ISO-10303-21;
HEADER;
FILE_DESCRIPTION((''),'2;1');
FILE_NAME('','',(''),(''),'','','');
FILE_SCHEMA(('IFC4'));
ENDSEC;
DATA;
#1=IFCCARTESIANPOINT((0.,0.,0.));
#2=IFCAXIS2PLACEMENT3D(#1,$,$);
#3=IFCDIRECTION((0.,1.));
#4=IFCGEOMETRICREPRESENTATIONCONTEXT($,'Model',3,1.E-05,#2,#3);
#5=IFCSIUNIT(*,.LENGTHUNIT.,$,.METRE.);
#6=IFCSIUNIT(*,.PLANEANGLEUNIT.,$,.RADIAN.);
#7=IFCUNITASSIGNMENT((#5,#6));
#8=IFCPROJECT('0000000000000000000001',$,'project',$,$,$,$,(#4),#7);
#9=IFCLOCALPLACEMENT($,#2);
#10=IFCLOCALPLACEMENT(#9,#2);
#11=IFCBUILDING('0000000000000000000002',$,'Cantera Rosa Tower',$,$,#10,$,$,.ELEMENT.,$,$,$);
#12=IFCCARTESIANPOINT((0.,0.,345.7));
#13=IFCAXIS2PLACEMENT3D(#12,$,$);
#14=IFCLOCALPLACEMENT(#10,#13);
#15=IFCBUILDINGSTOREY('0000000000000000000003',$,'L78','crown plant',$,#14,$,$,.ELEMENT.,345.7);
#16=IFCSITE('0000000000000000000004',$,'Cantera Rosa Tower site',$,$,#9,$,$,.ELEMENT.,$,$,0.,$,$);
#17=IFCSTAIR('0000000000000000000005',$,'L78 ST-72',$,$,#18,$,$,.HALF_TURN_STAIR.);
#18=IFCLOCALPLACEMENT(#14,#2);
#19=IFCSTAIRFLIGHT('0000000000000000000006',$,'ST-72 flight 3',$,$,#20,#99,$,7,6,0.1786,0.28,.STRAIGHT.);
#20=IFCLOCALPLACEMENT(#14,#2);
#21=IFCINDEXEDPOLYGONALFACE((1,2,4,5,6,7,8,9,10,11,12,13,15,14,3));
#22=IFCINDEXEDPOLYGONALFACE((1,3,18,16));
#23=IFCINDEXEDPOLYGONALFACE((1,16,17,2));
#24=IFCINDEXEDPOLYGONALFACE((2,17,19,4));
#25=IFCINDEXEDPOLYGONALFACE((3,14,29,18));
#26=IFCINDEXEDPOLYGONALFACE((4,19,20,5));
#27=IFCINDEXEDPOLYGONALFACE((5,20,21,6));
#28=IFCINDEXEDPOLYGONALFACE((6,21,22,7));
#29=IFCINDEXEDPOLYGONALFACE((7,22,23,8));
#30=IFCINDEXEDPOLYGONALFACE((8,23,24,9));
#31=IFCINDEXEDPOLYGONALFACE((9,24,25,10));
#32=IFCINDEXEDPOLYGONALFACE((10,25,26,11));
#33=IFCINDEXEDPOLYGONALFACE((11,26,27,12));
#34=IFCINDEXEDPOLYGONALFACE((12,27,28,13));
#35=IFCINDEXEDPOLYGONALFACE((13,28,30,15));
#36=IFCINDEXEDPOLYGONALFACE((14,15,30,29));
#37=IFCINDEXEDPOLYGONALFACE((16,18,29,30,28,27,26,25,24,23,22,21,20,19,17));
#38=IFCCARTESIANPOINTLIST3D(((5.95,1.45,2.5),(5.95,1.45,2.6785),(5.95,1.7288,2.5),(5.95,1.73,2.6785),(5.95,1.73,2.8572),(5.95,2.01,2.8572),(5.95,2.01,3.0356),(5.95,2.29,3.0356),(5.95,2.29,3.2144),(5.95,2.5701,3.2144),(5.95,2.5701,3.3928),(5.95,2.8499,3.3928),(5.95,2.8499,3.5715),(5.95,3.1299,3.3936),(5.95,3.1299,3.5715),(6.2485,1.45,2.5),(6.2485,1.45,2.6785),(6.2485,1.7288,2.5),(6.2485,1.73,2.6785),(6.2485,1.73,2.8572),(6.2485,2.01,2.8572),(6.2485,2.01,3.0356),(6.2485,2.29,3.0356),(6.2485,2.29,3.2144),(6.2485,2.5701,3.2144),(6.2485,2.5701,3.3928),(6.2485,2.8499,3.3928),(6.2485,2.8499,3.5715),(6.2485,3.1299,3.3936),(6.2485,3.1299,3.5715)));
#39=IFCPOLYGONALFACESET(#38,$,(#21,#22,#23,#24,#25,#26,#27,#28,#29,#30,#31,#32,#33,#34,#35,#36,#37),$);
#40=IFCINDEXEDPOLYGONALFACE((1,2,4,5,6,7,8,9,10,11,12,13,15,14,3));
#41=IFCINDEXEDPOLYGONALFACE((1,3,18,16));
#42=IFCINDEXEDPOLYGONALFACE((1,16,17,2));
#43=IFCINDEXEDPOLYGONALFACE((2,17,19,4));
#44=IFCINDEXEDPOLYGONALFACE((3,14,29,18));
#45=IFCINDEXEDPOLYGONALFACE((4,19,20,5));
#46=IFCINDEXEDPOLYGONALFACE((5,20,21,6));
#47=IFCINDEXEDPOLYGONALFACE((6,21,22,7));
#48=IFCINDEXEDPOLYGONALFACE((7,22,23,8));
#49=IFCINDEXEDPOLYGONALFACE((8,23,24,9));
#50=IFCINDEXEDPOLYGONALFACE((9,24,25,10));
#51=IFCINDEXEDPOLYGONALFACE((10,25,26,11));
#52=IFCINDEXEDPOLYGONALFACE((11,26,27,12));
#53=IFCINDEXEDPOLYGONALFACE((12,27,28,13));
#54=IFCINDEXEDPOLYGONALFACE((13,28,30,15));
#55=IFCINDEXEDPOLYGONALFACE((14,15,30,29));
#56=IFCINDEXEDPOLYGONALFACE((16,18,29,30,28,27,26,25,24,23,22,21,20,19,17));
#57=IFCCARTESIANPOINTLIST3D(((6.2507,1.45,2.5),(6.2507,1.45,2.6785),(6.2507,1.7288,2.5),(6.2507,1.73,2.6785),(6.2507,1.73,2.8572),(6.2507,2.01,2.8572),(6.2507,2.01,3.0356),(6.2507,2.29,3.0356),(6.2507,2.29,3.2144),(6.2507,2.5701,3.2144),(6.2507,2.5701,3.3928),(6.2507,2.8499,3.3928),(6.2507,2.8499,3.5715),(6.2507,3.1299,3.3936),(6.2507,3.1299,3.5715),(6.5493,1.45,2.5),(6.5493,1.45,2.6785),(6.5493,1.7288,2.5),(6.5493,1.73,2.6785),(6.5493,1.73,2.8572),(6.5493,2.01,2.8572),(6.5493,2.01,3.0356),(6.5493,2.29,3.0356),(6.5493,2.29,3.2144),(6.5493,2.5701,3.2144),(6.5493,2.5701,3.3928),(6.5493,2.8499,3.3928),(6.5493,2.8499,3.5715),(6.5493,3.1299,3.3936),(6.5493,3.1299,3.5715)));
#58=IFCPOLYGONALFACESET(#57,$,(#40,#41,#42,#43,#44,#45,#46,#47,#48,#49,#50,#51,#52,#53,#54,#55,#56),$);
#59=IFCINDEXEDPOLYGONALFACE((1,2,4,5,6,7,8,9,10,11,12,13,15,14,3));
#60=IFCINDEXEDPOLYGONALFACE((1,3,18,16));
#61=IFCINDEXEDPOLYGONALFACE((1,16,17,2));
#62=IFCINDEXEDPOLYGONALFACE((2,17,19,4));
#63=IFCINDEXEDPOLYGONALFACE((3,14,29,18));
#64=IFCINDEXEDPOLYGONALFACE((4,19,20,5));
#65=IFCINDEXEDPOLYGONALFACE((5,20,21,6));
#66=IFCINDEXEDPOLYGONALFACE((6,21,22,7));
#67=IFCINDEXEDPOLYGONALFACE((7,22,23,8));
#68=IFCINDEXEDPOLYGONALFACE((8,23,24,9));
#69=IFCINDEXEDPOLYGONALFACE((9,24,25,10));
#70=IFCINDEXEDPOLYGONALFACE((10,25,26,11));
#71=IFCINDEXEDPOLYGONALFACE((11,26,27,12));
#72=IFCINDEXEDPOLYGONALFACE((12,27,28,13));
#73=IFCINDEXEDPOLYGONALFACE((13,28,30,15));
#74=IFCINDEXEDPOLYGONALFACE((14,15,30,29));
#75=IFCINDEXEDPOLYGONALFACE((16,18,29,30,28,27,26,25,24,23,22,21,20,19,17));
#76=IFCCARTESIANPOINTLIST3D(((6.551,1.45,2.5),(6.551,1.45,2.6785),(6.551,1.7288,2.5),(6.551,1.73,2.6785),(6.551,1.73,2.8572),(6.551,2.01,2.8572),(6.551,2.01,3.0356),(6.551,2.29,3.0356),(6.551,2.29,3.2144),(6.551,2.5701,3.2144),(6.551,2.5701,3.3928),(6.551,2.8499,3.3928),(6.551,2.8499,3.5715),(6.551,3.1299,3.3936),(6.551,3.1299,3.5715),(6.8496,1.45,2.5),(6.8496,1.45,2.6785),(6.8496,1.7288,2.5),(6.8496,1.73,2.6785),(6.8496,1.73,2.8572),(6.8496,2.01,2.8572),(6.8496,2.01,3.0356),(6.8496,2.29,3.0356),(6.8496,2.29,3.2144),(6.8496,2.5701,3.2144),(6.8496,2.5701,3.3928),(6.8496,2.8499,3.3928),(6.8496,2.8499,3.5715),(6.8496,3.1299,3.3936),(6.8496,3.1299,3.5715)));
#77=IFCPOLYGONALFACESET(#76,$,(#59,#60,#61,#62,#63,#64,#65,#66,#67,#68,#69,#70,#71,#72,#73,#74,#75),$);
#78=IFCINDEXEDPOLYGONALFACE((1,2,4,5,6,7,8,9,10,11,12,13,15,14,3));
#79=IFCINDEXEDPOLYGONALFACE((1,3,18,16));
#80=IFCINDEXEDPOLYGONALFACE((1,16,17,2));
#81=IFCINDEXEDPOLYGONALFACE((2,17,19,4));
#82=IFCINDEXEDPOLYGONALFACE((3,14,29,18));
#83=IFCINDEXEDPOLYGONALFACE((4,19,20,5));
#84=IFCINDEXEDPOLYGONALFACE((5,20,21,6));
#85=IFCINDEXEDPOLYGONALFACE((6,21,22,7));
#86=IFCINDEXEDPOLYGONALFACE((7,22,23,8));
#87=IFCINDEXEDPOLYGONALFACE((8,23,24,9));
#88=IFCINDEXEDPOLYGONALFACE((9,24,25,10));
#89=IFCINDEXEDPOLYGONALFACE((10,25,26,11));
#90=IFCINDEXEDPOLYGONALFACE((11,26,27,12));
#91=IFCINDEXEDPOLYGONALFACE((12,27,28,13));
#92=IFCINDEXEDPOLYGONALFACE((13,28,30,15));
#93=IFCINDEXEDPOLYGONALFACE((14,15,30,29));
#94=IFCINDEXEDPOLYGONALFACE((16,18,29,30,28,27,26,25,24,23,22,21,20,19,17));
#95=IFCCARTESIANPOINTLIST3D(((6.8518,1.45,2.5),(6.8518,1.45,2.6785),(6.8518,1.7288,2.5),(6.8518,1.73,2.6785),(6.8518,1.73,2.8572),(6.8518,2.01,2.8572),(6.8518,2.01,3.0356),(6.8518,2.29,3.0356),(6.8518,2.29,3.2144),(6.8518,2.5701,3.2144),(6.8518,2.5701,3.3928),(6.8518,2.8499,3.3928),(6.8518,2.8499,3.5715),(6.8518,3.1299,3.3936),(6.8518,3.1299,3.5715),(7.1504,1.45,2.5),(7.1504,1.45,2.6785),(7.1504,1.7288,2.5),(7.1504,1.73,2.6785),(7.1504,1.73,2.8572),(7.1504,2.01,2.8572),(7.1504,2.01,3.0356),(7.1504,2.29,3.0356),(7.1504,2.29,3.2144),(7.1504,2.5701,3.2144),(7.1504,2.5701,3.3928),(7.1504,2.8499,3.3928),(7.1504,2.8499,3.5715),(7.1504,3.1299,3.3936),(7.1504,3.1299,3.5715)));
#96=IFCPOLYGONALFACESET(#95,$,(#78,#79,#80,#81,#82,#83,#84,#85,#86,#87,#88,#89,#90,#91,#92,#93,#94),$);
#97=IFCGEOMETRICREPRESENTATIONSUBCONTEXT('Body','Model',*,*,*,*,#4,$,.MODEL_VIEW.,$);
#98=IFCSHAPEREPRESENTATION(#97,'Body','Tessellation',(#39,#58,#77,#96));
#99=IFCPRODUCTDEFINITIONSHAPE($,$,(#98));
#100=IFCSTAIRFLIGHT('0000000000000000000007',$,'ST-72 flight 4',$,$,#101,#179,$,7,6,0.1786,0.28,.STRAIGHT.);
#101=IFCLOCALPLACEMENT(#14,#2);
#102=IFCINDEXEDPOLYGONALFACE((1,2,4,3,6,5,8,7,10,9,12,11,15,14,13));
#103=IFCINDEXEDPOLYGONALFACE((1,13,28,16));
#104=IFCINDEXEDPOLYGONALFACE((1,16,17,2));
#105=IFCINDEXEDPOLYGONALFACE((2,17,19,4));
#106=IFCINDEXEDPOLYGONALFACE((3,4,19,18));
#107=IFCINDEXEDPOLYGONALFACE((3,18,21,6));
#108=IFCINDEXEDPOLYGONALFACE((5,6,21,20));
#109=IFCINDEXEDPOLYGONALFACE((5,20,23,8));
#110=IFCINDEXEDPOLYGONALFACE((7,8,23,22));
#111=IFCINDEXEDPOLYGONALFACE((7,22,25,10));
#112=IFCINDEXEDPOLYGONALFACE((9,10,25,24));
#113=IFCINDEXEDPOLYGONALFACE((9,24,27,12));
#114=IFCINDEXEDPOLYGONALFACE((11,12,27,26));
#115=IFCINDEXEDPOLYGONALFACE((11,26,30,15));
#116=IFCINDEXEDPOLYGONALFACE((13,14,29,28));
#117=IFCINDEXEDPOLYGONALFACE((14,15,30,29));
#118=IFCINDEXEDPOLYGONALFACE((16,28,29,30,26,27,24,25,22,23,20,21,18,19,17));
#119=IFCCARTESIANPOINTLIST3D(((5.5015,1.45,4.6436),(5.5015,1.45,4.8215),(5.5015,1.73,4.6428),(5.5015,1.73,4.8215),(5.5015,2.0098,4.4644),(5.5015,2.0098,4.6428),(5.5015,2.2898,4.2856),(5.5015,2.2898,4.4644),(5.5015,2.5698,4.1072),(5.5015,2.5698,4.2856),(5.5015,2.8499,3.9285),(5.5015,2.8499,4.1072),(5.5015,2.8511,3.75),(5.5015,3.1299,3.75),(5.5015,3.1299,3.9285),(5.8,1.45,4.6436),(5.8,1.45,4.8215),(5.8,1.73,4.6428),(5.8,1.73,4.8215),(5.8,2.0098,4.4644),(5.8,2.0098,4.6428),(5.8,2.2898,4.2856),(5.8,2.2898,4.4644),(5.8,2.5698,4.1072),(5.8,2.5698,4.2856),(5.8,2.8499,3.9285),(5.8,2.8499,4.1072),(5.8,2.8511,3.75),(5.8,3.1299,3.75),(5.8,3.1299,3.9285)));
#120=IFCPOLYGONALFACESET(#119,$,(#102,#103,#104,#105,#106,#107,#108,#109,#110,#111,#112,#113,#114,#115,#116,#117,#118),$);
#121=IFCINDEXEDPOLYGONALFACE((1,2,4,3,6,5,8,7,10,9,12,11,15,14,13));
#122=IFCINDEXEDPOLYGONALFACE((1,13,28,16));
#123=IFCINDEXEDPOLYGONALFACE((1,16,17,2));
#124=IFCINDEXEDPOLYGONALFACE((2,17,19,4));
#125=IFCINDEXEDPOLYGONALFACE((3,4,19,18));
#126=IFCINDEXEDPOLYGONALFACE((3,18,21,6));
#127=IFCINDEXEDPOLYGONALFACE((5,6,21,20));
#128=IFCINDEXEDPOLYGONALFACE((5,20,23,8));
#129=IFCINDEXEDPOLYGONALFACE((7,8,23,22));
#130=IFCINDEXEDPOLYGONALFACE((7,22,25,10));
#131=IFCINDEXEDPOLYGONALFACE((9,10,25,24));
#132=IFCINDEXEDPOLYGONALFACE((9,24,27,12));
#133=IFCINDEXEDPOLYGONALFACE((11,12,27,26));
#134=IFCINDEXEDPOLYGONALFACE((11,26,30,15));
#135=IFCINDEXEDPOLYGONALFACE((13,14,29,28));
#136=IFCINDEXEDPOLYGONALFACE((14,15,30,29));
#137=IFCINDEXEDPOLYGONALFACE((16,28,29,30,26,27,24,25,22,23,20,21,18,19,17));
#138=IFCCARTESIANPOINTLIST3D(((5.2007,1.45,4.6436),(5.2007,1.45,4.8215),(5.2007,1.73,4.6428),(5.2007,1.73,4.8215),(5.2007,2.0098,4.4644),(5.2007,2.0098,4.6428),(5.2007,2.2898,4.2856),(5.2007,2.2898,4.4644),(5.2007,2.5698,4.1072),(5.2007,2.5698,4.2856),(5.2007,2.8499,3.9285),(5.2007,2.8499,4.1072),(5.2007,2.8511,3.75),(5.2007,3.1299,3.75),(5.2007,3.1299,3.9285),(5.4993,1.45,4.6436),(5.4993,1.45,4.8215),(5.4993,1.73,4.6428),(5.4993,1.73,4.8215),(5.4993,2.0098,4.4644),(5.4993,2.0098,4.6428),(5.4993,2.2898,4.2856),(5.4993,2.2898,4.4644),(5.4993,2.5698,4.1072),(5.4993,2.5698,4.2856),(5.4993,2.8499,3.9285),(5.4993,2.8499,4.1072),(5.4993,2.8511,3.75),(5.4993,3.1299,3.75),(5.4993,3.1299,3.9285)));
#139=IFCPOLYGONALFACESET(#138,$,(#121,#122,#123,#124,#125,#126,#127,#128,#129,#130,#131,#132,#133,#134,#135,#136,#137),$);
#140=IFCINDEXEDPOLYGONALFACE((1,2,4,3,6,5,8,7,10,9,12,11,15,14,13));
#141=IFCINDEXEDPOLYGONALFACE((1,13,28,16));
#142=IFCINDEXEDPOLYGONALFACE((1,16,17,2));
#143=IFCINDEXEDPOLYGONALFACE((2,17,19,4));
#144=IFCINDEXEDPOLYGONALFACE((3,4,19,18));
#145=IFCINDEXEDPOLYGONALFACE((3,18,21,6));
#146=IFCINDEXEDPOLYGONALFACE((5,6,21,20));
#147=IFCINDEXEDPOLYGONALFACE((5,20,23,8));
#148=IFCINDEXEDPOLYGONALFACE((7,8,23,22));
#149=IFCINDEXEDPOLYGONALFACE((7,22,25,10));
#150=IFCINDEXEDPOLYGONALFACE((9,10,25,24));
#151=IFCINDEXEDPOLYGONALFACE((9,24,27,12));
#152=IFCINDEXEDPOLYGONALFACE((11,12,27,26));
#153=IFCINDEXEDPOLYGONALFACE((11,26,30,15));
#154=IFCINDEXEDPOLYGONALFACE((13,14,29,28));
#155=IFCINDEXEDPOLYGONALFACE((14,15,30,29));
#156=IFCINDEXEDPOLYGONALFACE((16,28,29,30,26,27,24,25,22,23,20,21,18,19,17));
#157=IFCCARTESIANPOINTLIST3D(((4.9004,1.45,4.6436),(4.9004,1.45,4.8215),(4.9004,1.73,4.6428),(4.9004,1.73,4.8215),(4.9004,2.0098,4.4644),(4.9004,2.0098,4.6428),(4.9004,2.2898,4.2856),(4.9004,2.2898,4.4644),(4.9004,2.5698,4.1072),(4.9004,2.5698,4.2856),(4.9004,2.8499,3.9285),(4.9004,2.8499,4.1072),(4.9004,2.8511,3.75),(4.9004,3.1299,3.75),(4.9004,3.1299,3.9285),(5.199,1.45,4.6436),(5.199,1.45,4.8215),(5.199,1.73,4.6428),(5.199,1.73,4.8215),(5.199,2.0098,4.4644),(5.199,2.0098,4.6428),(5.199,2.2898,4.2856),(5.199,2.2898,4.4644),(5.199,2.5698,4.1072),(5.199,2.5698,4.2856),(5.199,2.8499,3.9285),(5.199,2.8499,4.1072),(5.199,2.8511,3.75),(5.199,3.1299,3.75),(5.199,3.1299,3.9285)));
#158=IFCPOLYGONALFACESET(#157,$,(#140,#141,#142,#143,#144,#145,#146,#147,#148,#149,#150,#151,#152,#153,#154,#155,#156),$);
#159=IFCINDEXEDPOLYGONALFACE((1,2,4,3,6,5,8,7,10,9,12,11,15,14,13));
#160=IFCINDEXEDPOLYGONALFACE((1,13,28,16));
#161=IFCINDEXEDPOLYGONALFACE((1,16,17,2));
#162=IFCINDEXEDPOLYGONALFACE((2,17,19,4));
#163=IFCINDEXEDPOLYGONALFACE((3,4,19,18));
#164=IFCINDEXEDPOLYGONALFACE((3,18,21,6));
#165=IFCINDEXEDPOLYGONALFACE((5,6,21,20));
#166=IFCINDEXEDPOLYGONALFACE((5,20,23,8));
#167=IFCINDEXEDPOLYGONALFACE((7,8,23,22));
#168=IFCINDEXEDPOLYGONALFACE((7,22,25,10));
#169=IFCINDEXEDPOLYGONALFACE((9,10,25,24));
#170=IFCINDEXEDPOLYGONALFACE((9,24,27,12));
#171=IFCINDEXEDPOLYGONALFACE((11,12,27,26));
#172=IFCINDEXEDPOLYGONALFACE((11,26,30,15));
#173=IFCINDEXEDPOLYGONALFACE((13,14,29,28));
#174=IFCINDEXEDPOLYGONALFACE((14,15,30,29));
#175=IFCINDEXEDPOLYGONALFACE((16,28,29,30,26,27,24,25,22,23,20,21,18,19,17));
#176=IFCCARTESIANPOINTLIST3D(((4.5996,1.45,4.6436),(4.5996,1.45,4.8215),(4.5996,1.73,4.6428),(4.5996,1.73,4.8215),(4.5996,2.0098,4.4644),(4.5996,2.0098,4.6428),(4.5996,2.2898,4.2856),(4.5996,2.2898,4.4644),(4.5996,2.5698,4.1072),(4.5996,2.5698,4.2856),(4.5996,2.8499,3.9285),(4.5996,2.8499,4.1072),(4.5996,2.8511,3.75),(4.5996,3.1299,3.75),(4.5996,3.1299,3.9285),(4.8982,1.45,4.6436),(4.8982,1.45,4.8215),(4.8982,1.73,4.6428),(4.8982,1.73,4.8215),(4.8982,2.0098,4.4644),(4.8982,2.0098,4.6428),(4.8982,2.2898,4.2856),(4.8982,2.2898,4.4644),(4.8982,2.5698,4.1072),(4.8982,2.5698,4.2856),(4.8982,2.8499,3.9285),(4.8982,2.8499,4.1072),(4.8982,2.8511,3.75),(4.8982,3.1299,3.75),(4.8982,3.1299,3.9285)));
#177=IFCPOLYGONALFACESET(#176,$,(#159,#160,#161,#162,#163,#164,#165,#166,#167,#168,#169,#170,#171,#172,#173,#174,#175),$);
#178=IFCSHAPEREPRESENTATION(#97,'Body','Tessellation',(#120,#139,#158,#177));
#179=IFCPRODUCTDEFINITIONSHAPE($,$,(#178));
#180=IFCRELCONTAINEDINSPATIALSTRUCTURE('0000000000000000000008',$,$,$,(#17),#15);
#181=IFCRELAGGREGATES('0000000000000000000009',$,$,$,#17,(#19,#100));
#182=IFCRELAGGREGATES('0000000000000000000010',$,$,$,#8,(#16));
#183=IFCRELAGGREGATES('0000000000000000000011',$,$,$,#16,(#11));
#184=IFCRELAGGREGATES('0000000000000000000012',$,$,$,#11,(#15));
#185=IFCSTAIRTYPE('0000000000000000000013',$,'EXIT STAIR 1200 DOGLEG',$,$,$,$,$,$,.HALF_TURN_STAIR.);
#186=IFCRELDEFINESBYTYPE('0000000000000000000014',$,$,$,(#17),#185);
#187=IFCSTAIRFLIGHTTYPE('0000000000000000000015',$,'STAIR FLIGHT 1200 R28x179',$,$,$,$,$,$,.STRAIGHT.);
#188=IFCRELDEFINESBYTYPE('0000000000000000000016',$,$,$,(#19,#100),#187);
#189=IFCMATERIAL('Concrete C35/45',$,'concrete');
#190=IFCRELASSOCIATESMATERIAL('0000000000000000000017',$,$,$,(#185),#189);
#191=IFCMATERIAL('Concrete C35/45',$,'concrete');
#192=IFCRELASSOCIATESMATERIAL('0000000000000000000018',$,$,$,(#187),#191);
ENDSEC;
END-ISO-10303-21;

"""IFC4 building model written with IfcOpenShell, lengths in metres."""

from ifc_helpers import new_model, si_unit, direction, frame, origin, place, context, subcontext, project, spatial, polyline, outline, extrude, material, type_object, element, aggregate, save


model = new_model("IFC4")

# Units and contexts
model_context = context("Model", 3, precision=1e-05, world=origin(), true_north=direction((0.0, 1.0)))
body_context = subcontext(model_context, "Body", "Model", "MODEL_VIEW")
ifc_project = project(units=[si_unit("LENGTHUNIT", "METRE"), si_unit("PLANEANGLEUNIT", "RADIAN")], contexts=[model_context])

# Site, building, storey
site_placement = place(None, origin())
site = spatial("IfcSite", under=ifc_project, at=site_placement, Name="Cantera Rosa Tower site", CompositionType="ELEMENT", RefElevation=0.0)
building_placement = place(site_placement, origin())
building = spatial("IfcBuilding", under=site, at=building_placement, Name="Cantera Rosa Tower", CompositionType="ELEMENT")
storey_placement = place(building_placement, frame((0.0, 0.0, 345.7)))
storey = spatial("IfcBuildingStorey", under=building, at=storey_placement, Name="L78", Description="crown plant", CompositionType="ELEMENT", Elevation=345.7)

# Stair, stair flights
ifc_material_1 = material(Name="Concrete C35/45", Category="concrete")
stair_type = type_object("IfcStairType", Name="EXIT STAIR 1200 DOGLEG", PredefinedType="HALF_TURN_STAIR", material=ifc_material_1)
stair_placement = place(storey_placement, origin())
stair = element("IfcStair", 1, at=stair_placement, inside=storey, type_object=stair_type, Name="L78 ST-72", PredefinedType="HALF_TURN_STAIR")
ifc_material_2 = material(Name="Concrete C35/45", Category="concrete")
stair_flight_type = type_object("IfcStairFlightType", Name="STAIR FLIGHT 1200 R28x179", PredefinedType="STRAIGHT", material=ifc_material_2)
stair_flight_1_placement = place(storey_placement, frame((6.55, 1.45, 2.5), z_axis=(0.0, 0.0, 1.0), x_axis=(0.0, 1.0, 0.0)))
stair_flight_1 = element("IfcStairFlight", 2, at=stair_flight_1_placement, type_object=stair_flight_type, Name="ST-72 flight 3", NumberOfRisers=7, NumberOfTreads=6, PredefinedType="STRAIGHT", RiserHeight=0.1786, TreadLength=0.28, context=body_context, shape_type="SweptSolid", body=[
    extrude(outline(polyline([(0.0, 0.0), (0.0, 0.1785), (0.28, 0.1785), (0.28, 0.3572), (0.5601, 0.3572), (0.5601, 0.5356), (0.8401, 0.5356), (0.8401, 0.7144), (1.1201, 0.7144), (1.1201, 0.8928), (1.3999, 0.8928), (1.3999, 1.0715), (1.6799, 1.0715), (1.6799, 1.25), (1.6799, 0.8936), (0.2788, 0.0), (0.0, 0.0)])), frame((0.0, 0.6001, 0.0), z_axis=(0.0, -1.0, 0.0), x_axis=(1.0, 0.0, 0.0)), (0.0, 0.0, 1.0), 0.2986),
    extrude(outline(polyline([(0.0, 0.0), (0.0, 0.1785), (0.28, 0.1785), (0.28, 0.3572), (0.5601, 0.3572), (0.5601, 0.5356), (0.8401, 0.5356), (0.8401, 0.7144), (1.1201, 0.7144), (1.1201, 0.8928), (1.3999, 0.8928), (1.3999, 1.0715), (1.6799, 1.0715), (1.6799, 1.25), (1.6799, 0.8936), (0.2788, 0.0), (0.0, 0.0)])), frame((0.0, 0.2993, 0.0), z_axis=(0.0, -1.0, 0.0), x_axis=(1.0, 0.0, 0.0)), (0.0, 0.0, 1.0), 0.2986),
    extrude(outline(polyline([(0.0, 0.0), (0.0, 0.1785), (0.28, 0.1785), (0.28, 0.3572), (0.5601, 0.3572), (0.5601, 0.5356), (0.8401, 0.5356), (0.8401, 0.7144), (1.1201, 0.7144), (1.1201, 0.8928), (1.3999, 0.8928), (1.3999, 1.0715), (1.6799, 1.0715), (1.6799, 1.25), (1.6799, 0.8936), (0.2788, 0.0), (0.0, 0.0)])), frame((0.0, -0.001, 0.0), z_axis=(0.0, -1.0, 0.0), x_axis=(1.0, 0.0, 0.0)), (0.0, 0.0, 1.0), 0.2986),
    extrude(outline(polyline([(0.0, 0.0), (0.0, 0.1785), (0.28, 0.1785), (0.28, 0.3572), (0.5601, 0.3572), (0.5601, 0.5356), (0.8401, 0.5356), (0.8401, 0.7144), (1.1201, 0.7144), (1.1201, 0.8928), (1.3999, 0.8928), (1.3999, 1.0715), (1.6799, 1.0715), (1.6799, 1.25), (1.6799, 0.8936), (0.2788, 0.0), (0.0, 0.0)])), frame((0.0, -0.3018, 0.0), z_axis=(0.0, -1.0, 0.0), x_axis=(1.0, 0.0, 0.0)), (0.0, 0.0, 1.0), 0.2986),
])
stair_flight_2_placement = place(storey_placement, frame((5.2, 3.1299, 3.75), z_axis=(0.0, 0.0, 1.0), x_axis=(0.0, -1.0, 0.0)))
stair_flight_2 = element("IfcStairFlight", 3, at=stair_flight_2_placement, type_object=stair_flight_type, Name="ST-72 flight 4", NumberOfRisers=7, NumberOfTreads=6, PredefinedType="STRAIGHT", RiserHeight=0.1786, TreadLength=0.28, context=body_context, shape_type="SweptSolid", body=[
    extrude(outline(polyline([(0.0, 0.0), (0.0, 0.1785), (0.28, 0.1785), (0.28, 0.3572), (0.5601, 0.3572), (0.5601, 0.5356), (0.8401, 0.5356), (0.8401, 0.7144), (1.1201, 0.7144), (1.1201, 0.8928), (1.3999, 0.8928), (1.3999, 1.0715), (1.6799, 1.0715), (1.6799, 1.25), (1.6799, 0.8936), (0.2788, 0.0), (0.0, 0.0)])), frame((0.0, 0.6001, 0.0), z_axis=(0.0, -1.0, 0.0), x_axis=(1.0, 0.0, 0.0)), (0.0, 0.0, 1.0), 0.2986),
    extrude(outline(polyline([(0.0, 0.0), (0.0, 0.1785), (0.28, 0.1785), (0.28, 0.3572), (0.5601, 0.3572), (0.5601, 0.5356), (0.8401, 0.5356), (0.8401, 0.7144), (1.1201, 0.7144), (1.1201, 0.8928), (1.3999, 0.8928), (1.3999, 1.0715), (1.6799, 1.0715), (1.6799, 1.25), (1.6799, 0.8936), (0.2788, 0.0), (0.0, 0.0)])), frame((0.0, 0.2993, 0.0), z_axis=(0.0, -1.0, 0.0), x_axis=(1.0, 0.0, 0.0)), (0.0, 0.0, 1.0), 0.2986),
    extrude(outline(polyline([(0.0, 0.0), (0.0, 0.1785), (0.28, 0.1785), (0.28, 0.3572), (0.5601, 0.3572), (0.5601, 0.5356), (0.8401, 0.5356), (0.8401, 0.7144), (1.1201, 0.7144), (1.1201, 0.8928), (1.3999, 0.8928), (1.3999, 1.0715), (1.6799, 1.0715), (1.6799, 1.25), (1.6799, 0.8936), (0.2788, 0.0), (0.0, 0.0)])), frame((0.0, -0.001, 0.0), z_axis=(0.0, -1.0, 0.0), x_axis=(1.0, 0.0, 0.0)), (0.0, 0.0, 1.0), 0.2986),
    extrude(outline(polyline([(0.0, 0.0), (0.0, 0.1785), (0.28, 0.1785), (0.28, 0.3572), (0.5601, 0.3572), (0.5601, 0.5356), (0.8401, 0.5356), (0.8401, 0.7144), (1.1201, 0.7144), (1.1201, 0.8928), (1.3999, 0.8928), (1.3999, 1.0715), (1.6799, 1.0715), (1.6799, 1.25), (1.6799, 0.8936), (0.2788, 0.0), (0.0, 0.0)])), frame((0.0, -0.3018, 0.0), z_axis=(0.0, -1.0, 0.0), x_axis=(1.0, 0.0, 0.0)), (0.0, 0.0, 1.0), 0.2986),
])
aggregate(stair, [stair_flight_1, stair_flight_2])

save(model, "model.ifc")
